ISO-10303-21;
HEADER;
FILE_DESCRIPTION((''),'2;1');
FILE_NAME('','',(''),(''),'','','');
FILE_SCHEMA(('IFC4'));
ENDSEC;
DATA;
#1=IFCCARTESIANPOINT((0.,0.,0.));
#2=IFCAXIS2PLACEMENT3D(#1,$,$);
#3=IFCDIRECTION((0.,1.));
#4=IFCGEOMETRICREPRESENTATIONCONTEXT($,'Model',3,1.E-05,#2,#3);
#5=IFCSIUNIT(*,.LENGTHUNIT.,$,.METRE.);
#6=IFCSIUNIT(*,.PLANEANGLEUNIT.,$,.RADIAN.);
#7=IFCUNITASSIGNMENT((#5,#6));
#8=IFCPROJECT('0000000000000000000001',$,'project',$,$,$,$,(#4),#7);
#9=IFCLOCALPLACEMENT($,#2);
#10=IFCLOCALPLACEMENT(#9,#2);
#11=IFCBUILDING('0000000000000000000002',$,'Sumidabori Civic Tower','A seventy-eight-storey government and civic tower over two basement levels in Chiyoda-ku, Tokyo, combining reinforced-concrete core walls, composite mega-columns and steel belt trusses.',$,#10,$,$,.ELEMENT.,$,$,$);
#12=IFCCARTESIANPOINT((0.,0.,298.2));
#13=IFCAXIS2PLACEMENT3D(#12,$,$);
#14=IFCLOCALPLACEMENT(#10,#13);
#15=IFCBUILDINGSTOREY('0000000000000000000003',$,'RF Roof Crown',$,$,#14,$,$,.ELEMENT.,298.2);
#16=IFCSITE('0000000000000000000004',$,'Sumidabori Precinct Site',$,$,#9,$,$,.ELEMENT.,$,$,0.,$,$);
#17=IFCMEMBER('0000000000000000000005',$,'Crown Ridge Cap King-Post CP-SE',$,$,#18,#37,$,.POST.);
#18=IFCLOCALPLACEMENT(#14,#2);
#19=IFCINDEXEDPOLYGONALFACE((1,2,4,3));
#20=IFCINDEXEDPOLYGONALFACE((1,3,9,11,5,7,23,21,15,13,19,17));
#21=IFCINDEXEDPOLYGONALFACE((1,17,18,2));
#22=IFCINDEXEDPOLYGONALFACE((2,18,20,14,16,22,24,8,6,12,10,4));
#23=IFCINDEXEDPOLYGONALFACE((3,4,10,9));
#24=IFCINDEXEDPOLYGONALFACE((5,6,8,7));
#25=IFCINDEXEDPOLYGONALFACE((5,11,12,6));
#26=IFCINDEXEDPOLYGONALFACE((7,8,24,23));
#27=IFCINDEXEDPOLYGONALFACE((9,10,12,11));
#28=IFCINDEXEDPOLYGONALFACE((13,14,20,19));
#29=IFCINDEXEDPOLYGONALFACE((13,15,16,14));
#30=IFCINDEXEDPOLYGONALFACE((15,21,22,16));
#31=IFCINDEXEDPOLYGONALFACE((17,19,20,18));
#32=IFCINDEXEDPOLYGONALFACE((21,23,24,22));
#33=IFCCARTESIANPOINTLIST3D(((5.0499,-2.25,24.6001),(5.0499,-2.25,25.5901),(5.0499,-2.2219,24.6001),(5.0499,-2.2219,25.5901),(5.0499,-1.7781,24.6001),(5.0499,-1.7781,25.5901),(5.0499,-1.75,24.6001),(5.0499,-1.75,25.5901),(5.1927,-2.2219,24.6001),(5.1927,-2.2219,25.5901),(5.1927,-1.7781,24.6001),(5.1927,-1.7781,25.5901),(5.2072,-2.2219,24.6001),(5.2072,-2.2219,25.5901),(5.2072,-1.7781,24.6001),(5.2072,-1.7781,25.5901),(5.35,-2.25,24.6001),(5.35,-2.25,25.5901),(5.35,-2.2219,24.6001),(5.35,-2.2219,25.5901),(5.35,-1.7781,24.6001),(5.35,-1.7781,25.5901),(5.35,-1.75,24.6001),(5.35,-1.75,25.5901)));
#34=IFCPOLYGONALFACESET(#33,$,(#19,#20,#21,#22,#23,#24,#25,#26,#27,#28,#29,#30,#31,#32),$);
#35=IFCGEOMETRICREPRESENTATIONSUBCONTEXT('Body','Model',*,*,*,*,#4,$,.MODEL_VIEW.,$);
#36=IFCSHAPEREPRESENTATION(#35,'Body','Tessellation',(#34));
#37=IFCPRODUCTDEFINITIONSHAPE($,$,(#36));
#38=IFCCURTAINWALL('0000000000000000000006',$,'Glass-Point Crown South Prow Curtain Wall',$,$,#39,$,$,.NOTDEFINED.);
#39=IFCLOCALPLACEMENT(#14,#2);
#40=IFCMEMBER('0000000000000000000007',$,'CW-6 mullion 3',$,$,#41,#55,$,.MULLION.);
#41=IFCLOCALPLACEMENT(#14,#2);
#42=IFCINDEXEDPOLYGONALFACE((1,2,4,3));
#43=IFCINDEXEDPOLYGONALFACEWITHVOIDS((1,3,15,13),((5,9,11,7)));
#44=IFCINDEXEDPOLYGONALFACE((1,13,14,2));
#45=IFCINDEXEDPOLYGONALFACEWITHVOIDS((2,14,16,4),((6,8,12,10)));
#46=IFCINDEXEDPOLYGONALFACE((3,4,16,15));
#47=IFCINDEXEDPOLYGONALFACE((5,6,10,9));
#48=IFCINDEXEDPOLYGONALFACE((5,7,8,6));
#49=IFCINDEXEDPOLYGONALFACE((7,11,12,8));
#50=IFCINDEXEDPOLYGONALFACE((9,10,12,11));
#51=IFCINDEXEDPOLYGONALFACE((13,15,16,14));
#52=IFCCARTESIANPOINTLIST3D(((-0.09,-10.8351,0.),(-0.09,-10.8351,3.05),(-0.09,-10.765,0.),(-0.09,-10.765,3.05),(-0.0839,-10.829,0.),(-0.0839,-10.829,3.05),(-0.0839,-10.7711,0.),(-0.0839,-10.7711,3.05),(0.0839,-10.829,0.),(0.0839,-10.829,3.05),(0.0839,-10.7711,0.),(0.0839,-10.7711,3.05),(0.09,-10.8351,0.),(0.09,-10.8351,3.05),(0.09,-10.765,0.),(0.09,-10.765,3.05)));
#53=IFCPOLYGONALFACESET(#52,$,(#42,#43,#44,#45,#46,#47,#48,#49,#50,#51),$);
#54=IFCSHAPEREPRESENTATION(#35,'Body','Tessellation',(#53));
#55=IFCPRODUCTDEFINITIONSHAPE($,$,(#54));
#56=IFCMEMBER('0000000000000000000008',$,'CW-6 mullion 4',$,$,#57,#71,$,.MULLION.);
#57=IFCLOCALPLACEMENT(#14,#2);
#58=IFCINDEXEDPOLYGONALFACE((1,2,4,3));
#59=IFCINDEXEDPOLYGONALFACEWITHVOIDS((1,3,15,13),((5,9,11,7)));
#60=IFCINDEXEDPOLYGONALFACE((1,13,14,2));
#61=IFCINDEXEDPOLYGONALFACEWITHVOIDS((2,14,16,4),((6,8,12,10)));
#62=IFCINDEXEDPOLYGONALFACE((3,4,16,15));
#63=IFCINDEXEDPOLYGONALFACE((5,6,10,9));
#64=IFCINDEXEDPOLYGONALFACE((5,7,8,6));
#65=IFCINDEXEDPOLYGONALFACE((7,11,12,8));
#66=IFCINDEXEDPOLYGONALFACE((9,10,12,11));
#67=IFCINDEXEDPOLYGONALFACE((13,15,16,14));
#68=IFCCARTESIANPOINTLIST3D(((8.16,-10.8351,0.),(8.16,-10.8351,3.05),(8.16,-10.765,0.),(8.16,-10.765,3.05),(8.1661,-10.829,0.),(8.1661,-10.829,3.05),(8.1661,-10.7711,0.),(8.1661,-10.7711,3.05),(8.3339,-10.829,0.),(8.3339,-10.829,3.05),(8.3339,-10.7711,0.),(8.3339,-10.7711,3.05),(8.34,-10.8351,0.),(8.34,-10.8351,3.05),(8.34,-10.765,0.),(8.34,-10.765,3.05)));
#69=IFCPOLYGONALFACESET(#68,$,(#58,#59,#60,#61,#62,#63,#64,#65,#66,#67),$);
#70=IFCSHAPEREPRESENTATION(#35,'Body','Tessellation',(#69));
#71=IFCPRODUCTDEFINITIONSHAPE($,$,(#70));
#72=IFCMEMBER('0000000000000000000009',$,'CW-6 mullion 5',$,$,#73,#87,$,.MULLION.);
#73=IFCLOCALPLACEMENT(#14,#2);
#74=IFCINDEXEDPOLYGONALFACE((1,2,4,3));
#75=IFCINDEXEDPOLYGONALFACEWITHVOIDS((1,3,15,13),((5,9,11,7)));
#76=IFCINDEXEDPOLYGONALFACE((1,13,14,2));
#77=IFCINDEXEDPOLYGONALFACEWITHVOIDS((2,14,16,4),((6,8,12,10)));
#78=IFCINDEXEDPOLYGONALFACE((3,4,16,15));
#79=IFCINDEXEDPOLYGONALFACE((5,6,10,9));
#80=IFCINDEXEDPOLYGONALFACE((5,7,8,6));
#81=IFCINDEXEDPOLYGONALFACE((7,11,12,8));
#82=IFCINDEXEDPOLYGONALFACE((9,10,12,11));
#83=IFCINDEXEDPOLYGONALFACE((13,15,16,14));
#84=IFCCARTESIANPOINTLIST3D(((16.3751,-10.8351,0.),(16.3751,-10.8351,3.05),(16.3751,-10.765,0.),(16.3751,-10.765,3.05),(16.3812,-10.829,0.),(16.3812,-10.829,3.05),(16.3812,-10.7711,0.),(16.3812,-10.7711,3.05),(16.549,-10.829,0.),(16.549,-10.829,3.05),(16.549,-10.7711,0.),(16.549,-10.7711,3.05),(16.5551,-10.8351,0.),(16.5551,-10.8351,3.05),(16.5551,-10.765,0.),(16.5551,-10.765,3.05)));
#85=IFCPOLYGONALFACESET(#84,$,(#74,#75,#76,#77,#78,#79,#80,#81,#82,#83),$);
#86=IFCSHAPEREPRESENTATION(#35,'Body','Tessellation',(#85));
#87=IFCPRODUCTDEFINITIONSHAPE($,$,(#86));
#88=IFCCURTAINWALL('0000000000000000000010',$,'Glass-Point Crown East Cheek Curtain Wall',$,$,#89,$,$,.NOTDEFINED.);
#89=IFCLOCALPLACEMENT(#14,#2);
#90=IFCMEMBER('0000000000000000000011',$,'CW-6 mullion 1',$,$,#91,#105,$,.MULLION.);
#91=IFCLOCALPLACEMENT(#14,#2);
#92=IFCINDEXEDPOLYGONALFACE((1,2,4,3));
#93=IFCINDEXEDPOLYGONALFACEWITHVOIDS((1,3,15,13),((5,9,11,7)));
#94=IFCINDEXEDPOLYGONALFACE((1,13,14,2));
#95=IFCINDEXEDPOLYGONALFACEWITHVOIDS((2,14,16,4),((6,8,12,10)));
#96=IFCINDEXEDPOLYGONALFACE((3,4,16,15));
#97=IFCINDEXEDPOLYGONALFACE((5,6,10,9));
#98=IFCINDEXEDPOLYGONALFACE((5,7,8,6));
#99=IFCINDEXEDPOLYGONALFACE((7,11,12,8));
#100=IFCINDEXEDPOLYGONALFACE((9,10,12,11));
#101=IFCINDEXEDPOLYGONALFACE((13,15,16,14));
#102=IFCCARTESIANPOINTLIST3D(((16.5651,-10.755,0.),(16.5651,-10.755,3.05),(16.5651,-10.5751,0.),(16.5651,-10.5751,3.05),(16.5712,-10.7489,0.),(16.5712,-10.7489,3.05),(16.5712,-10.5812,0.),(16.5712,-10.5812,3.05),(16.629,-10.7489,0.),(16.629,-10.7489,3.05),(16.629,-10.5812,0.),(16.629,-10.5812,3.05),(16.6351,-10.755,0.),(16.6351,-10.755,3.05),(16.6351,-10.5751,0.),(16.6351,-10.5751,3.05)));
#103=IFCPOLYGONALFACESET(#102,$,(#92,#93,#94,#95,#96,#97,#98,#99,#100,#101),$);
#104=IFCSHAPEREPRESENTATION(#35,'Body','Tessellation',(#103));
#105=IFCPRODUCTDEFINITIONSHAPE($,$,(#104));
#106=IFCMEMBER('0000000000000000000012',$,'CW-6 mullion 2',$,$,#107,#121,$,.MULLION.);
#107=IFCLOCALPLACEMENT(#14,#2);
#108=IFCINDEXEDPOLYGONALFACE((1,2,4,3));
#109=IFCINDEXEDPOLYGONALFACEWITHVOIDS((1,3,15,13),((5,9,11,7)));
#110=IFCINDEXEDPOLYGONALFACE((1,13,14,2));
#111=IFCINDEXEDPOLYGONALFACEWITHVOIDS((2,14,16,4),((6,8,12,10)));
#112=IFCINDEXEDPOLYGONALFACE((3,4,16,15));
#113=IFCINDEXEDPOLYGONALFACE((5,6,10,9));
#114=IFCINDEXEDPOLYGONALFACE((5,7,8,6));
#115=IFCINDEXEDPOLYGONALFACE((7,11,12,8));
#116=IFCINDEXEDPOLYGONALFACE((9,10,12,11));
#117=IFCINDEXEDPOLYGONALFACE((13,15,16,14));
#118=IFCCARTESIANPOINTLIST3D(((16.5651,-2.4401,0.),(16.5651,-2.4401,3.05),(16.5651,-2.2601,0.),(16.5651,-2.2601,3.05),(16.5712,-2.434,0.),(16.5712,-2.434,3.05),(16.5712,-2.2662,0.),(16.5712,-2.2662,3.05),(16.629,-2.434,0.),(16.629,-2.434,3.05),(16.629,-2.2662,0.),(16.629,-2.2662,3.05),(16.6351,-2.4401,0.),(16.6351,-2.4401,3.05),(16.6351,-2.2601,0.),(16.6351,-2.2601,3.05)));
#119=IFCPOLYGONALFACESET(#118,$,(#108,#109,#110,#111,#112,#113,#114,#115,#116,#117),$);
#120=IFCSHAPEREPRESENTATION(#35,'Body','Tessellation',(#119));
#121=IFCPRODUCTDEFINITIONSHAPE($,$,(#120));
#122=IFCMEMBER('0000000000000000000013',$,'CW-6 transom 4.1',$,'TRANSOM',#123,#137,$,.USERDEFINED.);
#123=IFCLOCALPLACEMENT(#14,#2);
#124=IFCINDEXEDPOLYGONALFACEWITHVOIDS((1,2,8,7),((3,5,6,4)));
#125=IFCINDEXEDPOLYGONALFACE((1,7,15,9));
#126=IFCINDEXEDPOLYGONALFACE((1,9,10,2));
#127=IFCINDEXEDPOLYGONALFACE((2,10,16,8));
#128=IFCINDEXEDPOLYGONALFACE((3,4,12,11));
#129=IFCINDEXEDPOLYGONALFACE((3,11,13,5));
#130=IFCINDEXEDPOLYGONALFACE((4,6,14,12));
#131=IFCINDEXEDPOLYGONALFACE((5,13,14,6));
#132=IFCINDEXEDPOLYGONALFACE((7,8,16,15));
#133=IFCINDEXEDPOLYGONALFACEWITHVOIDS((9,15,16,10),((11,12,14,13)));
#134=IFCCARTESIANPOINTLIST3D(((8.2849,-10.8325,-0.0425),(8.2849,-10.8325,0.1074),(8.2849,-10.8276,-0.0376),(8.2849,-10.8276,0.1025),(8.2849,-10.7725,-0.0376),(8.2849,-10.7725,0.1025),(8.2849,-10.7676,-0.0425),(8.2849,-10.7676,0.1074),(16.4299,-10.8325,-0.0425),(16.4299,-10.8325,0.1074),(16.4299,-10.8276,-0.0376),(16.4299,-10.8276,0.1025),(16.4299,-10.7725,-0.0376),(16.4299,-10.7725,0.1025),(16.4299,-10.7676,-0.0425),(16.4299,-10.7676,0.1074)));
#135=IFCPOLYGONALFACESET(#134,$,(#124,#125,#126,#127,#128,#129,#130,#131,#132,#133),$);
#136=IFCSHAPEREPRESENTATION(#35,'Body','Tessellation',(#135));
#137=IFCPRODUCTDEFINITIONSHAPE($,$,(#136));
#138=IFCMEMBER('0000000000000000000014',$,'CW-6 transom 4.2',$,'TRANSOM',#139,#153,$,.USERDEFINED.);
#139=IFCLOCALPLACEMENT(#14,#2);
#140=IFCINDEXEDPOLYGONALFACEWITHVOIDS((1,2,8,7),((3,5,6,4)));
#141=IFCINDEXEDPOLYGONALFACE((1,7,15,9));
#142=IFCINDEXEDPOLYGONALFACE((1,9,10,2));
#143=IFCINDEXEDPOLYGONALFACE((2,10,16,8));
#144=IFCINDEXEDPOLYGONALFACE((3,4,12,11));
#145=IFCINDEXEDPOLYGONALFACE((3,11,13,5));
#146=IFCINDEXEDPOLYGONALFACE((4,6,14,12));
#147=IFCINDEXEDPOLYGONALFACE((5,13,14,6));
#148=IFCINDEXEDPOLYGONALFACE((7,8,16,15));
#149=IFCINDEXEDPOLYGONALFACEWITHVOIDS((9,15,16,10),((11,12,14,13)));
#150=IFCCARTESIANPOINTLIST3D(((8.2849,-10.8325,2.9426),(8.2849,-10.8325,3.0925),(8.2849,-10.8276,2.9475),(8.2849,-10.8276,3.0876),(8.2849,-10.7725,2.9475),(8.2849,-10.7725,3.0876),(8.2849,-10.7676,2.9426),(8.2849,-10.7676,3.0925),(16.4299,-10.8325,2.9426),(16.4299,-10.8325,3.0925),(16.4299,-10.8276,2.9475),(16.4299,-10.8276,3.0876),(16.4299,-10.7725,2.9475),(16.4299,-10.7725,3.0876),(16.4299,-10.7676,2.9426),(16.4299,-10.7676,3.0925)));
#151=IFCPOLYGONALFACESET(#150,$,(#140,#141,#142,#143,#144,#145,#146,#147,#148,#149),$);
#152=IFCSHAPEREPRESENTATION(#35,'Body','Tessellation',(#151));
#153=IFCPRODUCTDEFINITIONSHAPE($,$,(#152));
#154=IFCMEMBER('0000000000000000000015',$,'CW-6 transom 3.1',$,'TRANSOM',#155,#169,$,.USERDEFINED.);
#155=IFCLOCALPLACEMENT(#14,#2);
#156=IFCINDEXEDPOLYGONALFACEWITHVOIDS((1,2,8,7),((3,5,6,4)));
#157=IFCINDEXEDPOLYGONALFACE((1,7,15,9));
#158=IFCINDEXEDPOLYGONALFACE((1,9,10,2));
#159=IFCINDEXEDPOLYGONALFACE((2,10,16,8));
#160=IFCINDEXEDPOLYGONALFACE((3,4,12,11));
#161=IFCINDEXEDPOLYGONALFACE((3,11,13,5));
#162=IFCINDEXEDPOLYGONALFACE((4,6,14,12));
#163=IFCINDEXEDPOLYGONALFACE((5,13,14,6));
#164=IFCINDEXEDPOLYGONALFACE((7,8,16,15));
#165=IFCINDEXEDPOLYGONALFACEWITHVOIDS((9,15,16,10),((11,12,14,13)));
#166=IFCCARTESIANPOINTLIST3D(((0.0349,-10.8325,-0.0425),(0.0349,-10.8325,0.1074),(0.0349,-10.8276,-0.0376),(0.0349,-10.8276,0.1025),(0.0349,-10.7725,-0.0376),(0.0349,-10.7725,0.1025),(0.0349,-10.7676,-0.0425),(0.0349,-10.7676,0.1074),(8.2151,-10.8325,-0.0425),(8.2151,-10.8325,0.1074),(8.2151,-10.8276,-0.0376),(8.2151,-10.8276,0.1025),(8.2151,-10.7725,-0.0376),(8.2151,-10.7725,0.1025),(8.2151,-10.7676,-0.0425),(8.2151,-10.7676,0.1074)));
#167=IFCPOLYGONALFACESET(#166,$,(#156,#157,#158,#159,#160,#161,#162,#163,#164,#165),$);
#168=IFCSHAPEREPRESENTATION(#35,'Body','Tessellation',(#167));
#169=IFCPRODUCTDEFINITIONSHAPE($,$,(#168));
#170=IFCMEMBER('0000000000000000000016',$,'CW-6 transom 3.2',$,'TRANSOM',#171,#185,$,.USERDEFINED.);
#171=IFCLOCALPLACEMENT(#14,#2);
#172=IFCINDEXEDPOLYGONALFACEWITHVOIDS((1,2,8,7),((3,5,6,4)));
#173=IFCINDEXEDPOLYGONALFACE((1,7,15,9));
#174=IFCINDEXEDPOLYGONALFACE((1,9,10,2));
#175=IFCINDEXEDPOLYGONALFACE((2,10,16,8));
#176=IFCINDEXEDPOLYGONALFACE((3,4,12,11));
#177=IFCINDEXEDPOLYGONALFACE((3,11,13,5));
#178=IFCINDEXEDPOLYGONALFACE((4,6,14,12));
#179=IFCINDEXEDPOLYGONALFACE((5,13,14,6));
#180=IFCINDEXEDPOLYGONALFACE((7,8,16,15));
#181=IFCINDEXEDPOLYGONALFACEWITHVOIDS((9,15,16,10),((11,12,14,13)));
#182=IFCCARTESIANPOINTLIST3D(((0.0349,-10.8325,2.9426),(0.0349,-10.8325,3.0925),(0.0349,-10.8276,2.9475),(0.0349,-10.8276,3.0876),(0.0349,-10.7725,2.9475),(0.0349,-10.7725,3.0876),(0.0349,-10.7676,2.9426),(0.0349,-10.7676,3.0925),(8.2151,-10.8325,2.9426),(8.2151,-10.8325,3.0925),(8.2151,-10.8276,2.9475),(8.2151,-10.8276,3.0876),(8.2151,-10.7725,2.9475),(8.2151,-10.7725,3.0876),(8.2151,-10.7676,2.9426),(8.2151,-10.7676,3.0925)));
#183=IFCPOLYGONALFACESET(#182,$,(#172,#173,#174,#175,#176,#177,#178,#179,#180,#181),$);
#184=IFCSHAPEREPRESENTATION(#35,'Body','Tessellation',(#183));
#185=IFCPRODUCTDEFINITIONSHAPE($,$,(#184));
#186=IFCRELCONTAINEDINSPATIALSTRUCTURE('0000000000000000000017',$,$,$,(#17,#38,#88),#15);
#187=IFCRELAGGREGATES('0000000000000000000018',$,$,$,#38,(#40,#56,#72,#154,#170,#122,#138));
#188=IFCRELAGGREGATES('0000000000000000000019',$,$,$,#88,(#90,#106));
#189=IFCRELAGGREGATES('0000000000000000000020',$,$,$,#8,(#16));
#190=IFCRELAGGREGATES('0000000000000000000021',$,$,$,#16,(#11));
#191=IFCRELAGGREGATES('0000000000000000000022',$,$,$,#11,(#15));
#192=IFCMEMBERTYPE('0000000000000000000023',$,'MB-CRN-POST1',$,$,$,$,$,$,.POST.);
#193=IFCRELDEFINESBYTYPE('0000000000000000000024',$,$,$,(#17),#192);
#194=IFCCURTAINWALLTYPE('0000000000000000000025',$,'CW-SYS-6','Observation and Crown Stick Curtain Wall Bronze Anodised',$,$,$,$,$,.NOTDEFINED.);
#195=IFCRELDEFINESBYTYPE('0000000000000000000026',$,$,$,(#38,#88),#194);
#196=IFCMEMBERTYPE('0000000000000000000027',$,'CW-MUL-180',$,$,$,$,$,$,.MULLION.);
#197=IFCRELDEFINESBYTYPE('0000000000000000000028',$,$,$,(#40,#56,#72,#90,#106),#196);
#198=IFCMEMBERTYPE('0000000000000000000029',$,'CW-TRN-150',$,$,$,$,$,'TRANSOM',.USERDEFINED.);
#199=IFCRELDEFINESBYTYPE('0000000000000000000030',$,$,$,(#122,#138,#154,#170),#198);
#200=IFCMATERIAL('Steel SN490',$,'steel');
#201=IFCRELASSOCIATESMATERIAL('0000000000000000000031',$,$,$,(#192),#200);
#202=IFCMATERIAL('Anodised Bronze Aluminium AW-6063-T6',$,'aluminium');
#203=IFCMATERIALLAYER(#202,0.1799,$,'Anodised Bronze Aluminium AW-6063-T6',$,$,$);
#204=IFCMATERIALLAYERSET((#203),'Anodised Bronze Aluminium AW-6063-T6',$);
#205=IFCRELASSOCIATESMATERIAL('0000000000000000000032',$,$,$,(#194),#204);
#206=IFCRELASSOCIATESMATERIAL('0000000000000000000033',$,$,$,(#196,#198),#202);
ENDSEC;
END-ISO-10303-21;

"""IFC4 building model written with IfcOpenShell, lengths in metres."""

from ifc_helpers import new_model, si_unit, direction, frame, origin, origin_2d, place, context, subcontext, project, spatial, hollow_rectangle, i_section, extrude, source, transform, mapped, material, layer, layer_set, material_profile, profile_set, type_object, element, aggregate, save


model = new_model("IFC4")

# Units and contexts
model_context = context("Model", 3, precision=1e-05, world=origin(), true_north=direction((0.0, 1.0)))
body_context = subcontext(model_context, "Body", "Model", "MODEL_VIEW")
ifc_project = project(units=[si_unit("LENGTHUNIT", "METRE"), si_unit("PLANEANGLEUNIT", "RADIAN")], contexts=[model_context])

# Site, building, storey
site_placement = place(None, origin())
site = spatial("IfcSite", under=ifc_project, at=site_placement, Name="Sumidabori Precinct Site", CompositionType="ELEMENT", RefElevation=0.0)
building_placement = place(site_placement, origin())
building = spatial("IfcBuilding", under=site, at=building_placement, Name="Sumidabori Civic Tower", Description="A seventy-eight-storey government and civic tower over two basement levels in Chiyoda-ku, Tokyo, combining reinforced-concrete core walls, composite mega-columns and steel belt trusses.", CompositionType="ELEMENT")
storey_placement = place(building_placement, frame((0.0, 0.0, 298.2)))
storey = spatial("IfcBuildingStorey", under=building, at=storey_placement, Name="RF Roof Crown", CompositionType="ELEMENT", Elevation=298.2)

# Member
ifc_material_1 = material(Name="Steel SN490", Category="steel")
ifc_material_profile_1 = material_profile(ifc_material_1, i_section(OverallWidth=0.3, OverallDepth=0.5, WebThickness=0.0144, FlangeThickness=0.0281, at=origin_2d()), Name="HE 500 B")
ifc_profile_set_1 = profile_set([ifc_material_profile_1], Name="Steel SN490")
member_type_1 = type_object("IfcMemberType", Name="MB-CRN-POST1", PredefinedType="POST", material=ifc_profile_set_1)
shared_shape_1 = source(origin(), body_context, "Body", "SweptSolid", [
    extrude(i_section(OverallWidth=0.3, OverallDepth=0.5, WebThickness=0.0144, FlangeThickness=0.0281, at=origin_2d()), origin(), (0.0, 0.0, 1.0), 0.99),
])
member_1_placement = place(storey_placement, frame((5.2, -2.0, 24.6001), z_axis=(0.0, 0.0, 1.0), x_axis=(1.0, 0.0, 0.0)))
element("IfcMember", 1, at=member_1_placement, inside=storey, type_object=member_type_1, Name="Crown Ridge Cap King-Post CP-SE", PredefinedType="POST", context=body_context, shape_type="MappedRepresentation", body=[
    mapped(shared_shape_1, transform((0.0, 0.0, 0.0), x_axis=(1.0, 0.0, 0.0), y_axis=(0.0, 1.0, 0.0), z_axis=(0.0, 0.0, 1.0), scale=1.0)),
])

# Curtain walls, members
ifc_material_2 = material(Name="Anodised Bronze Aluminium AW-6063-T6", Category="aluminium")
ifc_layer_1 = layer(ifc_material_2, 0.1799, Name="Anodised Bronze Aluminium AW-6063-T6")
ifc_layer_set_1 = layer_set([ifc_layer_1], Name="Anodised Bronze Aluminium AW-6063-T6")
curtain_wall_type = type_object("IfcCurtainWallType", Name="CW-SYS-6", Description="Observation and Crown Stick Curtain Wall Bronze Anodised", PredefinedType="NOTDEFINED", material=ifc_layer_set_1)
curtain_wall_1_placement = place(storey_placement, origin())
curtain_wall_1 = element("IfcCurtainWall", 2, at=curtain_wall_1_placement, inside=storey, type_object=curtain_wall_type, Name="Glass-Point Crown South Prow Curtain Wall", PredefinedType="NOTDEFINED")
ifc_material_profile_2 = material_profile(ifc_material_2, hollow_rectangle(XDim=0.0701, YDim=0.1799, WallThickness=0.0061, at=origin_2d()), Name="ALU MULLION 180x70")
ifc_profile_set_2 = profile_set([ifc_material_profile_2], Name="Anodised Bronze Aluminium AW-6063-T6")
member_type_2 = type_object("IfcMemberType", Name="CW-MUL-180", PredefinedType="MULLION", material=ifc_profile_set_2)
shared_shape_2 = source(origin(), body_context, "Body", "SweptSolid", [
    extrude(hollow_rectangle(XDim=0.0701, YDim=0.1799, WallThickness=0.0061, at=origin_2d()), origin(), (0.0, 0.0, 1.0), 3.05),
])
member_2_placement = place(storey_placement, frame((0.0, -10.8, 0.0), z_axis=(0.0, 0.0, 1.0), x_axis=(0.0, 1.0, 0.0)))
member_2 = element("IfcMember", 3, at=member_2_placement, type_object=member_type_2, Name="CW-6 mullion 3", PredefinedType="MULLION", context=body_context, shape_type="MappedRepresentation", body=[
    mapped(shared_shape_2, transform((0.0, 0.0, 0.0), x_axis=(1.0, 0.0, 0.0), y_axis=(0.0, 1.0, 0.0), z_axis=(0.0, 0.0, 1.0), scale=1.0)),
])
member_3_placement = place(storey_placement, frame((8.25, -10.8, 0.0), z_axis=(0.0, 0.0, 1.0), x_axis=(0.0, 1.0, 0.0)))
member_3 = element("IfcMember", 4, at=member_3_placement, type_object=member_type_2, Name="CW-6 mullion 4", PredefinedType="MULLION", context=body_context, shape_type="MappedRepresentation", body=[
    mapped(shared_shape_2, transform((0.0, 0.0, 0.0), x_axis=(1.0, 0.0, 0.0), y_axis=(0.0, 1.0, 0.0), z_axis=(0.0, 0.0, 1.0), scale=1.0)),
])
member_4_placement = place(storey_placement, frame((16.4651, -10.8, 0.0), z_axis=(0.0, 0.0, 1.0), x_axis=(0.0, 1.0, 0.0)))
member_4 = element("IfcMember", 5, at=member_4_placement, type_object=member_type_2, Name="CW-6 mullion 5", PredefinedType="MULLION", context=body_context, shape_type="MappedRepresentation", body=[
    mapped(shared_shape_2, transform((0.0, 0.0, 0.0), x_axis=(1.0, 0.0, 0.0), y_axis=(0.0, 1.0, 0.0), z_axis=(0.0, 0.0, 1.0), scale=1.0)),
])
curtain_wall_2_placement = place(storey_placement, origin())
curtain_wall_2 = element("IfcCurtainWall", 6, at=curtain_wall_2_placement, inside=storey, type_object=curtain_wall_type, Name="Glass-Point Crown East Cheek Curtain Wall", PredefinedType="NOTDEFINED")
member_5_placement = place(storey_placement, frame((16.6001, -10.665, 0.0), z_axis=(0.0, 0.0, 1.0), x_axis=(-1.0, 0.0, 0.0)))
member_5 = element("IfcMember", 7, at=member_5_placement, type_object=member_type_2, Name="CW-6 mullion 1", PredefinedType="MULLION", context=body_context, shape_type="MappedRepresentation", body=[
    mapped(shared_shape_2, transform((0.0, 0.0, 0.0), x_axis=(1.0, 0.0, 0.0), y_axis=(0.0, 1.0, 0.0), z_axis=(0.0, 0.0, 1.0), scale=1.0)),
])
member_6_placement = place(storey_placement, frame((16.6001, -2.3501, 0.0), z_axis=(0.0, 0.0, 1.0), x_axis=(-1.0, 0.0, 0.0)))
member_6 = element("IfcMember", 8, at=member_6_placement, type_object=member_type_2, Name="CW-6 mullion 2", PredefinedType="MULLION", context=body_context, shape_type="MappedRepresentation", body=[
    mapped(shared_shape_2, transform((0.0, 0.0, 0.0), x_axis=(1.0, 0.0, 0.0), y_axis=(0.0, 1.0, 0.0), z_axis=(0.0, 0.0, 1.0), scale=1.0)),
])

# Members
ifc_material_profile_3 = material_profile(ifc_material_2, hollow_rectangle(XDim=0.0649, YDim=0.1499, WallThickness=0.0049, at=origin_2d()), Name="ALU TRANSOM 150x65")
ifc_profile_set_3 = profile_set([ifc_material_profile_3], Name="Anodised Bronze Aluminium AW-6063-T6")
member_type_3 = type_object("IfcMemberType", Name="CW-TRN-150", ElementType="TRANSOM", PredefinedType="USERDEFINED", material=ifc_profile_set_3)
shared_shape_3 = source(origin(), body_context, "Body", "SweptSolid", [
    extrude(hollow_rectangle(XDim=0.0649, YDim=0.1499, WallThickness=0.0049, at=origin_2d()), origin(), (0.0, 0.0, 1.0), 8.145),
])
member_7_placement = place(storey_placement, frame((8.2849, -10.8, 0.0325), z_axis=(1.0, 0.0, 0.0), x_axis=(0.0, 1.0, 0.0)))
member_7 = element("IfcMember", 9, at=member_7_placement, type_object=member_type_3, Name="CW-6 transom 4.1", ObjectType="TRANSOM", PredefinedType="USERDEFINED", context=body_context, shape_type="MappedRepresentation", body=[
    mapped(shared_shape_3, transform((0.0, 0.0, 0.0), x_axis=(1.0, 0.0, 0.0), y_axis=(0.0, 1.0, 0.0), z_axis=(0.0, 0.0, 1.0), scale=1.0)),
])
member_8_placement = place(storey_placement, frame((8.2849, -10.8, 3.0176), z_axis=(1.0, 0.0, 0.0), x_axis=(0.0, 1.0, 0.0)))
member_8 = element("IfcMember", 10, at=member_8_placement, type_object=member_type_3, Name="CW-6 transom 4.2", ObjectType="TRANSOM", PredefinedType="USERDEFINED", context=body_context, shape_type="MappedRepresentation", body=[
    mapped(shared_shape_3, transform((0.0, 0.0, 0.0), x_axis=(1.0, 0.0, 0.0), y_axis=(0.0, 1.0, 0.0), z_axis=(0.0, 0.0, 1.0), scale=1.0)),
])
shared_shape_4 = source(origin(), body_context, "Body", "SweptSolid", [
    extrude(hollow_rectangle(XDim=0.0649, YDim=0.1499, WallThickness=0.0049, at=origin_2d()), origin(), (0.0, 0.0, 1.0), 8.1802),
])
member_9_placement = place(storey_placement, frame((0.0349, -10.8, 0.0325), z_axis=(1.0, 0.0, 0.0), x_axis=(0.0, 1.0, 0.0)))
member_9 = element("IfcMember", 11, at=member_9_placement, type_object=member_type_3, Name="CW-6 transom 3.1", ObjectType="TRANSOM", PredefinedType="USERDEFINED", context=body_context, shape_type="MappedRepresentation", body=[
    mapped(shared_shape_4, transform((0.0, 0.0, 0.0), x_axis=(1.0, 0.0, 0.0), y_axis=(0.0, 1.0, 0.0), z_axis=(0.0, 0.0, 1.0), scale=1.0)),
])
member_10_placement = place(storey_placement, frame((0.0349, -10.8, 3.0176), z_axis=(1.0, 0.0, 0.0), x_axis=(0.0, 1.0, 0.0)))
member_10 = element("IfcMember", 12, at=member_10_placement, type_object=member_type_3, Name="CW-6 transom 3.2", ObjectType="TRANSOM", PredefinedType="USERDEFINED", context=body_context, shape_type="MappedRepresentation", body=[
    mapped(shared_shape_4, transform((0.0, 0.0, 0.0), x_axis=(1.0, 0.0, 0.0), y_axis=(0.0, 1.0, 0.0), z_axis=(0.0, 0.0, 1.0), scale=1.0)),
])

aggregate(curtain_wall_1, [member_2, member_3, member_4, member_9, member_10, member_7, member_8])
aggregate(curtain_wall_2, [member_5, member_6])

save(model, "model.ifc")
